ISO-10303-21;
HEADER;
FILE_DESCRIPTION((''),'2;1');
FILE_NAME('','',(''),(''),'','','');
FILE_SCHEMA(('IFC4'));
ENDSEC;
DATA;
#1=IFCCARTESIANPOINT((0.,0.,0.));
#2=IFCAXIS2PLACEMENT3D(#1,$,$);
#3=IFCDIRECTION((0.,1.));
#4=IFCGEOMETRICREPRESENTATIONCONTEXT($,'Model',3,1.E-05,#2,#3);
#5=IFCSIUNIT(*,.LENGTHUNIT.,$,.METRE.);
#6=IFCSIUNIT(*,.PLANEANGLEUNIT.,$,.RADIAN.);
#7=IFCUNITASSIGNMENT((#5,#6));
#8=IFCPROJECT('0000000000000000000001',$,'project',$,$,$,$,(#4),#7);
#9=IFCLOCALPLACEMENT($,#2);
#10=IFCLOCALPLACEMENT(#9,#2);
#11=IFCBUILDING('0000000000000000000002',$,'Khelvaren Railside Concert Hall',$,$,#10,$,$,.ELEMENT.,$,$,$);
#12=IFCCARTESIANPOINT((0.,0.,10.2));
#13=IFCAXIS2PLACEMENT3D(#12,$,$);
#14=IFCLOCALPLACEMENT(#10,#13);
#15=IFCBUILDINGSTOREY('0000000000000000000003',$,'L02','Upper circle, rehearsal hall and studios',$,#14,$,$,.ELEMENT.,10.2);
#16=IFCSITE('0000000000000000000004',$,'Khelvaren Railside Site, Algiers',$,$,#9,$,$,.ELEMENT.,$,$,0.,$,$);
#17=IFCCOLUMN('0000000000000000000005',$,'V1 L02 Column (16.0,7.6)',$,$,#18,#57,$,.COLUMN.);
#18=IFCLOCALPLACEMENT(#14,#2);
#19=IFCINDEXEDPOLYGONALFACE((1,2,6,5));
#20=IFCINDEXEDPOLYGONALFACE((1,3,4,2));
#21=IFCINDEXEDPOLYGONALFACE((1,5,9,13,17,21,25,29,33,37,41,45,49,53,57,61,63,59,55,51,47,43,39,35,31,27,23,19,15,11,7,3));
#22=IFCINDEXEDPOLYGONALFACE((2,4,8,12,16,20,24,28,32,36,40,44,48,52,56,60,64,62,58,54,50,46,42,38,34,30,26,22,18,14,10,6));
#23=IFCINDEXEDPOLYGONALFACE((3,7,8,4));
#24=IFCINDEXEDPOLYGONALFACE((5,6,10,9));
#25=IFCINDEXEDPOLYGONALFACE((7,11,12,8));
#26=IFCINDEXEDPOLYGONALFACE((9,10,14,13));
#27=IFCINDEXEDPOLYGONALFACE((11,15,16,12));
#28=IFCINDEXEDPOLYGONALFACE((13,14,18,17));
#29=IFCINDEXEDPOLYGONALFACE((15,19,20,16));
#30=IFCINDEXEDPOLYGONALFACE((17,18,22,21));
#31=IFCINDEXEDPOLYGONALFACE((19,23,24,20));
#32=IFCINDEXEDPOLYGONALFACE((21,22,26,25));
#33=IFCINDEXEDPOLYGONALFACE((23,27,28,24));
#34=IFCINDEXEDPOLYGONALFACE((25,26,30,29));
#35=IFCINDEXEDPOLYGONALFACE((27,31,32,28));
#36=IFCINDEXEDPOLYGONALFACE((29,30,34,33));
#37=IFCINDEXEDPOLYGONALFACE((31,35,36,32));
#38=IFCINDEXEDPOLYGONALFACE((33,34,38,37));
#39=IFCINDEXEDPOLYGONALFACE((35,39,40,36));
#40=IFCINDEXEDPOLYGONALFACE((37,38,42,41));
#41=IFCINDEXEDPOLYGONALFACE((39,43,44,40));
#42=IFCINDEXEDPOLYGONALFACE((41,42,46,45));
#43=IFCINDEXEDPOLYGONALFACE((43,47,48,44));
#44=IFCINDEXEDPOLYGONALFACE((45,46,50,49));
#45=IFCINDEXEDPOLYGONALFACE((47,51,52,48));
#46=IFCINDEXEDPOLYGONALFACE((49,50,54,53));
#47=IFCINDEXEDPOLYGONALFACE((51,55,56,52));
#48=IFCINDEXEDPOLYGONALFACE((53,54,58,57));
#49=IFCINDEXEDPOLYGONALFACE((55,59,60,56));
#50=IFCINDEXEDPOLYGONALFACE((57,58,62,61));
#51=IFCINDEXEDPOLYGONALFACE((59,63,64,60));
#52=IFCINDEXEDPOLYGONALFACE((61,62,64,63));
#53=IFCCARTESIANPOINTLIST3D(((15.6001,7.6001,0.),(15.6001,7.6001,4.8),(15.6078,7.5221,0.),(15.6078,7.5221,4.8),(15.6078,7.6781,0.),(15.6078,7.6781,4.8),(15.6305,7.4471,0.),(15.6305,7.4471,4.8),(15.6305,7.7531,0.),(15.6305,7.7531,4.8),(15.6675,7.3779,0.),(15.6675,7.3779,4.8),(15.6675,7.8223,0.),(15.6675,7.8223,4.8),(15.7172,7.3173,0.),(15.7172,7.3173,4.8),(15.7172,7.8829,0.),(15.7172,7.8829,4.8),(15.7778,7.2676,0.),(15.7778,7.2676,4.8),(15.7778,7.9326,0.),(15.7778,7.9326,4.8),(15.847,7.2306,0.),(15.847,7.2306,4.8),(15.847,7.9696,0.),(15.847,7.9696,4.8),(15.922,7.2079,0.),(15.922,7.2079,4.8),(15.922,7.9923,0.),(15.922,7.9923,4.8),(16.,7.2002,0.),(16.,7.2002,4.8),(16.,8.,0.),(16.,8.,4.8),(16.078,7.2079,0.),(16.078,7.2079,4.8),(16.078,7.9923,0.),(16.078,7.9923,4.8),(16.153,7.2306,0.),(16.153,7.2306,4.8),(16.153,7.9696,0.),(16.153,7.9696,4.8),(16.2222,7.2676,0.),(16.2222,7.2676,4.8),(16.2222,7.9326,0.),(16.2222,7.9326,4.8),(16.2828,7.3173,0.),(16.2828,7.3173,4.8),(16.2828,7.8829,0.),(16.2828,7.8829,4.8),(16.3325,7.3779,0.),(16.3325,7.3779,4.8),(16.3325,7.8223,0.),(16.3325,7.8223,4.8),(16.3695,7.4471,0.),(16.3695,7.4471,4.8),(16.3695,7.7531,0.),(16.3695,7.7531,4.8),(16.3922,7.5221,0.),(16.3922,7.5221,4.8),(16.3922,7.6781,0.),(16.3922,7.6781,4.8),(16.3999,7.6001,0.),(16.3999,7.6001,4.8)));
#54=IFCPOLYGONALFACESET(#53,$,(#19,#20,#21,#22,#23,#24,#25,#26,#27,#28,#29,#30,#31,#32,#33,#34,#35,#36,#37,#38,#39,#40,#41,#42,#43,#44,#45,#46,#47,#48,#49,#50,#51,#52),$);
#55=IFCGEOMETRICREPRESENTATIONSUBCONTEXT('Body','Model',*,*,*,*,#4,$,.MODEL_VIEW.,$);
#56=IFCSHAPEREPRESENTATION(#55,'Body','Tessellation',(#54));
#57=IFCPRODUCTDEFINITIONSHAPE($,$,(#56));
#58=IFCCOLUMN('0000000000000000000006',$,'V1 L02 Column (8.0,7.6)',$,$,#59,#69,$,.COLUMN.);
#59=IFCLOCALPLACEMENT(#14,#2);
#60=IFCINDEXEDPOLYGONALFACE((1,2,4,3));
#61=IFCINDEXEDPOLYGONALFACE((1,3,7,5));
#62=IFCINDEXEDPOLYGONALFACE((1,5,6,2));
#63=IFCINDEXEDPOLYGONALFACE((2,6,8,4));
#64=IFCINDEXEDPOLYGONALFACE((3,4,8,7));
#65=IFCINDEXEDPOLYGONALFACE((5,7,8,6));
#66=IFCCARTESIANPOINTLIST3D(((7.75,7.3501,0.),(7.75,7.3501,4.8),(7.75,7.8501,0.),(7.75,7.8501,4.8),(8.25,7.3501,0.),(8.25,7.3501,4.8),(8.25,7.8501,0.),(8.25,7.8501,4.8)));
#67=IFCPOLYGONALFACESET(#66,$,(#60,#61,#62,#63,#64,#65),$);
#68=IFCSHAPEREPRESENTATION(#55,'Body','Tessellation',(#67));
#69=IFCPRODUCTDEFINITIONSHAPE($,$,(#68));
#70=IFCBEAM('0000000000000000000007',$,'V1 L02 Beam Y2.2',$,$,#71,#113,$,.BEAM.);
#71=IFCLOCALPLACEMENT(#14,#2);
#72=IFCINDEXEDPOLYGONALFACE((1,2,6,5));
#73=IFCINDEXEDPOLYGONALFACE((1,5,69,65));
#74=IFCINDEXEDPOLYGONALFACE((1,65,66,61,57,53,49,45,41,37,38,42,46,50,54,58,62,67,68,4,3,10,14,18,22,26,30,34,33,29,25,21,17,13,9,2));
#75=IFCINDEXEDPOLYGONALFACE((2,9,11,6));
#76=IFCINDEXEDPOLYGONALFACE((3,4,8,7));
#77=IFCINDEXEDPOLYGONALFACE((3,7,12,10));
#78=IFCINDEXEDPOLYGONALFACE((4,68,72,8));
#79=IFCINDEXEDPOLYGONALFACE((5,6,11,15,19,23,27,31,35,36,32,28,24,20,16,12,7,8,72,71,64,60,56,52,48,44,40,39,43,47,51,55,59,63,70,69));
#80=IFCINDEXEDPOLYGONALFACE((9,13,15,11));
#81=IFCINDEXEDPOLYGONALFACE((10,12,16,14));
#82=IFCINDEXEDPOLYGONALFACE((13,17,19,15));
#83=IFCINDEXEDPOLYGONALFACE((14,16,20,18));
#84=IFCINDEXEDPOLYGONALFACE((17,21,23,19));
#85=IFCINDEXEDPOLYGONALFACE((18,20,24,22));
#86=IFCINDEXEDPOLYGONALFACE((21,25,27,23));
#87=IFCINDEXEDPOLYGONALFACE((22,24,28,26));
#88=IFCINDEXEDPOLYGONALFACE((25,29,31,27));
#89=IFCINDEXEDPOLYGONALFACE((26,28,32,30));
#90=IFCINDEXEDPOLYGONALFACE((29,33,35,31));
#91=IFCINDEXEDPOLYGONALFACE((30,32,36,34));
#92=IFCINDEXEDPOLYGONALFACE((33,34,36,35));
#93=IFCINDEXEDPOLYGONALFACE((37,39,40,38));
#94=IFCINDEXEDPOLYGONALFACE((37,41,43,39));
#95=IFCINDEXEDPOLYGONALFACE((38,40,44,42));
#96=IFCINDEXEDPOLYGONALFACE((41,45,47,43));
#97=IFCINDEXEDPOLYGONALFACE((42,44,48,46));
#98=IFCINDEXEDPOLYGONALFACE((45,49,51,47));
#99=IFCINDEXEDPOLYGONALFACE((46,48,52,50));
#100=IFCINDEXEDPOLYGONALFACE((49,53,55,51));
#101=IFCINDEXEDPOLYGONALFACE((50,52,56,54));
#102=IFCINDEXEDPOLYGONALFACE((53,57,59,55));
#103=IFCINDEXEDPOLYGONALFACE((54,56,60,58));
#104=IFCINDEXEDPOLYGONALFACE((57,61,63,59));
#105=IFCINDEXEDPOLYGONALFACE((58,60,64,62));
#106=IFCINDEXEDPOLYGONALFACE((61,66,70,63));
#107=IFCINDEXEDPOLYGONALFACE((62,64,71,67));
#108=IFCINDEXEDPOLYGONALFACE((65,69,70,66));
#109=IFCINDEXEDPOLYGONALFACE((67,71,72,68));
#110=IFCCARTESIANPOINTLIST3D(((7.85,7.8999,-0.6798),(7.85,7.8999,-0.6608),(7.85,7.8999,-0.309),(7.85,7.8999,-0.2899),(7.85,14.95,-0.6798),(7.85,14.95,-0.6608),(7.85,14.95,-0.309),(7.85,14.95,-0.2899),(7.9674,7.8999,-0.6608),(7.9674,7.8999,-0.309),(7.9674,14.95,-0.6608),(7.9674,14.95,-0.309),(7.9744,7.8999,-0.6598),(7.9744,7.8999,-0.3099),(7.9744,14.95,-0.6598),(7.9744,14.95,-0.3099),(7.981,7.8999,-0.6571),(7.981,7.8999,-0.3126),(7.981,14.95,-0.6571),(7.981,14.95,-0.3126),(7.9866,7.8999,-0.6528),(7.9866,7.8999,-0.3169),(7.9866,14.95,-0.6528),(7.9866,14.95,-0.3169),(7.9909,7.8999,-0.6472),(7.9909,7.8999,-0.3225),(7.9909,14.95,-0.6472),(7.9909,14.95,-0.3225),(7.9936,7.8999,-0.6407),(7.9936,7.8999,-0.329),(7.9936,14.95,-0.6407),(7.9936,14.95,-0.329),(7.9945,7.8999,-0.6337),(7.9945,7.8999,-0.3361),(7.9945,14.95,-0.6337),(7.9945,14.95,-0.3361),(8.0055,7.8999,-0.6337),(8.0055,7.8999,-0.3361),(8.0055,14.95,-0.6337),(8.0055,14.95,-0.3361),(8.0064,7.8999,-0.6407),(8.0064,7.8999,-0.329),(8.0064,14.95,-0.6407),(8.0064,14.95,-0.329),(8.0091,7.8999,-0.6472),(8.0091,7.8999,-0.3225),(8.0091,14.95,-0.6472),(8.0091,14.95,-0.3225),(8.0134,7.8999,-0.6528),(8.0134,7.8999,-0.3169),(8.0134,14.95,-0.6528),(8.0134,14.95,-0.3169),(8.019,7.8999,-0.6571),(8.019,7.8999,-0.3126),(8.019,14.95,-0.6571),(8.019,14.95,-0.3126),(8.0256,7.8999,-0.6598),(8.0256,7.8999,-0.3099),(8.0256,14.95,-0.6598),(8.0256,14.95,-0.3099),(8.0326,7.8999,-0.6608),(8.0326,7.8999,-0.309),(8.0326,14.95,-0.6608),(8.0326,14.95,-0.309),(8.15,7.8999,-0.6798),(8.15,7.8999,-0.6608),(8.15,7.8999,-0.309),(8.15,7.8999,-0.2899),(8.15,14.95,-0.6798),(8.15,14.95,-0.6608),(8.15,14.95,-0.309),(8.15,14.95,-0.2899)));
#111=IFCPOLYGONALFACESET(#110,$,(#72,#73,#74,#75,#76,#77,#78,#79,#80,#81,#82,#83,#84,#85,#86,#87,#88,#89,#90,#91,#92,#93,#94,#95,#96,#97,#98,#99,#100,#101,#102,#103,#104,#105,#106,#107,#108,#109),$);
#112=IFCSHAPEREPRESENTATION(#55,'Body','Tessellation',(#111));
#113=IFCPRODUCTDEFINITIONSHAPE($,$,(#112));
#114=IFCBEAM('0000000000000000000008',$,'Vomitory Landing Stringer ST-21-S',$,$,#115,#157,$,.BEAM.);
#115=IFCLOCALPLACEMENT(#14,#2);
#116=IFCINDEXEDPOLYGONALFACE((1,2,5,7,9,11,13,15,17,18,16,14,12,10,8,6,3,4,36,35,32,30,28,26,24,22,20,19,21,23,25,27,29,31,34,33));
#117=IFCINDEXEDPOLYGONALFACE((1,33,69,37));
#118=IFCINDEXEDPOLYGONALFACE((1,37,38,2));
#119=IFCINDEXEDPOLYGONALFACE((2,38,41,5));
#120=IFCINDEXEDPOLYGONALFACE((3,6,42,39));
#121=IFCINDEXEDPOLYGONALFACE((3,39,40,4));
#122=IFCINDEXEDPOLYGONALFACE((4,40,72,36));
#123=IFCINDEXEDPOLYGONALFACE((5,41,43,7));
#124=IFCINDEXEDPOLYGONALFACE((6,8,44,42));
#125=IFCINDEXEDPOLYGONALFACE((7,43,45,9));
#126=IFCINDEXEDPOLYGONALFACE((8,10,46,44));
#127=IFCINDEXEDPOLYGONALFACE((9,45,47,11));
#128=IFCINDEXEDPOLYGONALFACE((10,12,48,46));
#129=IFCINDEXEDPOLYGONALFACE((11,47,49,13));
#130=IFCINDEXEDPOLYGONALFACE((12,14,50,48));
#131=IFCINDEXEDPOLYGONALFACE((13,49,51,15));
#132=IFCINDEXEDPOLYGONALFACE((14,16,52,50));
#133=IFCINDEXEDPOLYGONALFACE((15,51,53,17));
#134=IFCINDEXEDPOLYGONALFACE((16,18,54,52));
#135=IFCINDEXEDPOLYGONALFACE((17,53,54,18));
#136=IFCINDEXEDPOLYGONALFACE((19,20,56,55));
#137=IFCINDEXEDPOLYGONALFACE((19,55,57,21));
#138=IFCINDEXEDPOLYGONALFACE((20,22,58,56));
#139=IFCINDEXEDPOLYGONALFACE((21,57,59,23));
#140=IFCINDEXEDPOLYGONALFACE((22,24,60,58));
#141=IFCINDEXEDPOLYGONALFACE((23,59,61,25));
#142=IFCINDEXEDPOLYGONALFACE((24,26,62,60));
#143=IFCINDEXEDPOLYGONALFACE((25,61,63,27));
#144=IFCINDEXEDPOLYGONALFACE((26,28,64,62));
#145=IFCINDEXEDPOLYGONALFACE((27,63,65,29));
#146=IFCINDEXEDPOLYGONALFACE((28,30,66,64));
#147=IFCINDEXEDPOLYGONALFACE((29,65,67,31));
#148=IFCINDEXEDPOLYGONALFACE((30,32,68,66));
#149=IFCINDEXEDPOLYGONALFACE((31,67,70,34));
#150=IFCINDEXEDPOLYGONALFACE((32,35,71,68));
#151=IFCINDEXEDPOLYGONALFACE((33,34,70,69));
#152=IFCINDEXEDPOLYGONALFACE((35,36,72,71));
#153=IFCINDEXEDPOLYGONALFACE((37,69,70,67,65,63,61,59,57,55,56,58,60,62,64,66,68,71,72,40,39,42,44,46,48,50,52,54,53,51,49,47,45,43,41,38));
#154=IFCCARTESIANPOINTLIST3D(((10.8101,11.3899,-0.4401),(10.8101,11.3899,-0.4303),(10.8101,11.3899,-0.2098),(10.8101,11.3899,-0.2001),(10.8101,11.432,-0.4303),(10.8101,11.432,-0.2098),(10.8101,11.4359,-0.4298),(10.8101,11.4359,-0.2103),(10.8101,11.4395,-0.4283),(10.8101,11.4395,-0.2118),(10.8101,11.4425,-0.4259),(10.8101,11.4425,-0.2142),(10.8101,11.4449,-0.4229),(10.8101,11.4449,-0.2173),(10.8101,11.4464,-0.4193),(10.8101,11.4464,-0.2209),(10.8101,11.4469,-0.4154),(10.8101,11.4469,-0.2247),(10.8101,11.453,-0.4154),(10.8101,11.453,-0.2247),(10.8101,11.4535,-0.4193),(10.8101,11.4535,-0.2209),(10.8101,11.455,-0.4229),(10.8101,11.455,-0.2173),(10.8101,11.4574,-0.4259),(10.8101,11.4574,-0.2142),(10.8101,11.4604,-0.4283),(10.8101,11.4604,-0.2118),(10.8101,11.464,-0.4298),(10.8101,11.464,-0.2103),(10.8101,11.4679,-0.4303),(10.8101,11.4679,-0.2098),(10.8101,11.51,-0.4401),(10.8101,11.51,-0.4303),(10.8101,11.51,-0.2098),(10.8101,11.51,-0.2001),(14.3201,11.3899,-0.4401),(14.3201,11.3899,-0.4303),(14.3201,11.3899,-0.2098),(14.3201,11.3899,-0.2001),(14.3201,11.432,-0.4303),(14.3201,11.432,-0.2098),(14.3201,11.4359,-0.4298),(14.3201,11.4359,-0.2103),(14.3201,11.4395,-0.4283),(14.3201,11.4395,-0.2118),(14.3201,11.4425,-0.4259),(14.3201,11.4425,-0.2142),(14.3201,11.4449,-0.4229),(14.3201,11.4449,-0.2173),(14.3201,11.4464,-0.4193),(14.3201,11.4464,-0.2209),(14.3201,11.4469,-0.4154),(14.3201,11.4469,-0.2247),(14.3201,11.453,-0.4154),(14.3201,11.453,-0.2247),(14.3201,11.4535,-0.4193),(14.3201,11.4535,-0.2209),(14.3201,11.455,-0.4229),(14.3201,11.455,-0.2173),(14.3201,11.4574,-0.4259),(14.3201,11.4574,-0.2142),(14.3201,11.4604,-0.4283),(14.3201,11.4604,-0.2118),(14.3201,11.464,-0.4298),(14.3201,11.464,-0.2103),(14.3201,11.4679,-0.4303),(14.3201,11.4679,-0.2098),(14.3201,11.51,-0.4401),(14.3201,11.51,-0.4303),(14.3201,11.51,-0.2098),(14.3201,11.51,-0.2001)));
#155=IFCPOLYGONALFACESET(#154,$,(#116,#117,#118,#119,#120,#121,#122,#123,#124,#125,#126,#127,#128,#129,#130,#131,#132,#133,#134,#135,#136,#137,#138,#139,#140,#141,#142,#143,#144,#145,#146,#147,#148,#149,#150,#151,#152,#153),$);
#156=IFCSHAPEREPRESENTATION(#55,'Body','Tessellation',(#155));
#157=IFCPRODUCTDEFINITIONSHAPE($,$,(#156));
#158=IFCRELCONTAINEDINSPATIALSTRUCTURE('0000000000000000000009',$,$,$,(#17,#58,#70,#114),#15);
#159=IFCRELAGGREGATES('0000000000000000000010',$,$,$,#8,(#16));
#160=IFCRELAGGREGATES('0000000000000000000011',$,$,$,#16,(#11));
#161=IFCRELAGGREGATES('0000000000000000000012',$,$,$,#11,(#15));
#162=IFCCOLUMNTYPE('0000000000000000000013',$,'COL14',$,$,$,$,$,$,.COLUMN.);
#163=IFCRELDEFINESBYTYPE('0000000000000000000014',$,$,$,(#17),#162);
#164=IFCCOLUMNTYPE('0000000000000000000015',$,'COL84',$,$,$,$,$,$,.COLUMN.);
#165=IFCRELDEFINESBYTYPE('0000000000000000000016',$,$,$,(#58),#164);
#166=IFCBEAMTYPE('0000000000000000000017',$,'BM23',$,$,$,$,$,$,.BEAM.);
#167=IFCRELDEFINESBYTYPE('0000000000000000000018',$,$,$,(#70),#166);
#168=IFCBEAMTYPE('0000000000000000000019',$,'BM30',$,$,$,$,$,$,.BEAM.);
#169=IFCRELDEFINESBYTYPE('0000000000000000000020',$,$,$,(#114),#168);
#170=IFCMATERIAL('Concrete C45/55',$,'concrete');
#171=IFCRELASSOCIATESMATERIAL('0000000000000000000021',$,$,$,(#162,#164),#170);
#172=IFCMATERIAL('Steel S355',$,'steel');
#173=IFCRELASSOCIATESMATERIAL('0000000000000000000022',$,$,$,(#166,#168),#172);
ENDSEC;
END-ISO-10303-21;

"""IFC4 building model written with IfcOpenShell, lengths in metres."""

from ifc_helpers import new_model, si_unit, direction, frame, origin, origin_2d, place, context, subcontext, project, spatial, rectangle, circle, i_section, extrude, material, material_profile, profile_set, type_object, element, save


model = new_model("IFC4")

# Units and contexts
model_context = context("Model", 3, precision=1e-05, world=origin(), true_north=direction((0.0, 1.0)))
body_context = subcontext(model_context, "Body", "Model", "MODEL_VIEW")
ifc_project = project(units=[si_unit("LENGTHUNIT", "METRE"), si_unit("PLANEANGLEUNIT", "RADIAN")], contexts=[model_context])

# Site, building, storey
site_placement = place(None, origin())
site = spatial("IfcSite", under=ifc_project, at=site_placement, Name="Khelvaren Railside Site, Algiers", CompositionType="ELEMENT", RefElevation=0.0)
building_placement = place(site_placement, origin())
building = spatial("IfcBuilding", under=site, at=building_placement, Name="Khelvaren Railside Concert Hall", CompositionType="ELEMENT")
storey_placement = place(building_placement, frame((0.0, 0.0, 10.2)))
storey = spatial("IfcBuildingStorey", under=building, at=storey_placement, Name="L02", Description="Upper circle, rehearsal hall and studios", CompositionType="ELEMENT", Elevation=10.2)

# Columns
ifc_material_1 = material(Name="Concrete C45/55", Category="concrete")
ifc_material_profile_1 = material_profile(ifc_material_1, circle(Radius=0.3999, at=origin_2d()), Name="RC D800")
ifc_profile_set_1 = profile_set([ifc_material_profile_1], Name="Concrete C45/55")
column_type_1 = type_object("IfcColumnType", Name="COL14", PredefinedType="COLUMN", material=ifc_profile_set_1)
column_1_placement = place(storey_placement, frame((16.0, 7.6001, 0.0), z_axis=(0.0, 0.0, 1.0), x_axis=(1.0, 0.0, 0.0)))
element("IfcColumn", 1, at=column_1_placement, inside=storey, type_object=column_type_1, Name="V1 L02 Column (16.0,7.6)", PredefinedType="COLUMN", context=body_context, shape_type="SweptSolid", body=[
    extrude(circle(Radius=0.3999, at=origin_2d()), origin(), (0.0, 0.0, 1.0), 4.8),
])
ifc_material_profile_2 = material_profile(ifc_material_1, rectangle(XDim=0.5, YDim=0.5, at=origin_2d()), Name="RC 500x500")
ifc_profile_set_2 = profile_set([ifc_material_profile_2], Name="Concrete C45/55")
column_type_2 = type_object("IfcColumnType", Name="COL84", PredefinedType="COLUMN", material=ifc_profile_set_2)
column_2_placement = place(storey_placement, frame((8.0, 7.6001, 0.0), z_axis=(0.0, 0.0, 1.0), x_axis=(1.0, 0.0, 0.0)))
element("IfcColumn", 2, at=column_2_placement, inside=storey, type_object=column_type_2, Name="V1 L02 Column (8.0,7.6)", PredefinedType="COLUMN", context=body_context, shape_type="SweptSolid", body=[
    extrude(rectangle(XDim=0.5, YDim=0.5, at=origin_2d()), origin(), (0.0, 0.0, 1.0), 4.8),
])

# Beams
ifc_material_2 = material(Name="Steel S355", Category="steel")
ifc_material_profile_3 = material_profile(ifc_material_2, i_section(OverallWidth=0.3, OverallDepth=0.3899, WebThickness=0.011, FlangeThickness=0.019, FilletRadius=0.0271, at=origin_2d()), Name="HEA 400")
ifc_profile_set_3 = profile_set([ifc_material_profile_3], Name="Steel S355")
beam_type_1 = type_object("IfcBeamType", Name="BM23", PredefinedType="BEAM", material=ifc_profile_set_3)
beam_1_placement = place(storey_placement, frame((8.0, 7.8999, -0.4849), z_axis=(0.0, 1.0, 0.0), x_axis=(-1.0, 0.0, 0.0)))
element("IfcBeam", 3, at=beam_1_placement, inside=storey, type_object=beam_type_1, Name="V1 L02 Beam Y2.2", PredefinedType="BEAM", context=body_context, shape_type="SweptSolid", body=[
    extrude(i_section(OverallWidth=0.3, OverallDepth=0.3899, WebThickness=0.011, FlangeThickness=0.019, FilletRadius=0.0271, at=origin_2d()), origin(), (0.0, 0.0, 1.0), 7.05),
])
ifc_material_profile_4 = material_profile(ifc_material_2, i_section(OverallWidth=0.1201, OverallDepth=0.24, WebThickness=0.0061, FlangeThickness=0.0098, FilletRadius=0.0149, at=origin_2d()), Name="IPE 240")
ifc_profile_set_4 = profile_set([ifc_material_profile_4], Name="Steel S355")
beam_type_2 = type_object("IfcBeamType", Name="BM30", PredefinedType="BEAM", material=ifc_profile_set_4)
for number, where, z_axis, x_axis, name in (
    (4, (10.8101, 11.45, -0.3201), (1.0, 0.0, 0.0), (0.0, 1.0, 0.0), "Vomitory Landing Stringer ST-21-S"),
):
    element("IfcBeam", number, at=place(storey_placement, frame(where, z_axis=z_axis, x_axis=x_axis)), inside=storey, type_object=beam_type_2, Name=name, PredefinedType="BEAM", context=body_context, shape_type="SweptSolid", body=[
        extrude(i_section(OverallWidth=0.1201, OverallDepth=0.24, WebThickness=0.0061, FlangeThickness=0.0098, FilletRadius=0.0149, at=origin_2d()), origin(), (0.0, 0.0, 1.0), 3.51),
    ])

save(model, "model.ifc")
